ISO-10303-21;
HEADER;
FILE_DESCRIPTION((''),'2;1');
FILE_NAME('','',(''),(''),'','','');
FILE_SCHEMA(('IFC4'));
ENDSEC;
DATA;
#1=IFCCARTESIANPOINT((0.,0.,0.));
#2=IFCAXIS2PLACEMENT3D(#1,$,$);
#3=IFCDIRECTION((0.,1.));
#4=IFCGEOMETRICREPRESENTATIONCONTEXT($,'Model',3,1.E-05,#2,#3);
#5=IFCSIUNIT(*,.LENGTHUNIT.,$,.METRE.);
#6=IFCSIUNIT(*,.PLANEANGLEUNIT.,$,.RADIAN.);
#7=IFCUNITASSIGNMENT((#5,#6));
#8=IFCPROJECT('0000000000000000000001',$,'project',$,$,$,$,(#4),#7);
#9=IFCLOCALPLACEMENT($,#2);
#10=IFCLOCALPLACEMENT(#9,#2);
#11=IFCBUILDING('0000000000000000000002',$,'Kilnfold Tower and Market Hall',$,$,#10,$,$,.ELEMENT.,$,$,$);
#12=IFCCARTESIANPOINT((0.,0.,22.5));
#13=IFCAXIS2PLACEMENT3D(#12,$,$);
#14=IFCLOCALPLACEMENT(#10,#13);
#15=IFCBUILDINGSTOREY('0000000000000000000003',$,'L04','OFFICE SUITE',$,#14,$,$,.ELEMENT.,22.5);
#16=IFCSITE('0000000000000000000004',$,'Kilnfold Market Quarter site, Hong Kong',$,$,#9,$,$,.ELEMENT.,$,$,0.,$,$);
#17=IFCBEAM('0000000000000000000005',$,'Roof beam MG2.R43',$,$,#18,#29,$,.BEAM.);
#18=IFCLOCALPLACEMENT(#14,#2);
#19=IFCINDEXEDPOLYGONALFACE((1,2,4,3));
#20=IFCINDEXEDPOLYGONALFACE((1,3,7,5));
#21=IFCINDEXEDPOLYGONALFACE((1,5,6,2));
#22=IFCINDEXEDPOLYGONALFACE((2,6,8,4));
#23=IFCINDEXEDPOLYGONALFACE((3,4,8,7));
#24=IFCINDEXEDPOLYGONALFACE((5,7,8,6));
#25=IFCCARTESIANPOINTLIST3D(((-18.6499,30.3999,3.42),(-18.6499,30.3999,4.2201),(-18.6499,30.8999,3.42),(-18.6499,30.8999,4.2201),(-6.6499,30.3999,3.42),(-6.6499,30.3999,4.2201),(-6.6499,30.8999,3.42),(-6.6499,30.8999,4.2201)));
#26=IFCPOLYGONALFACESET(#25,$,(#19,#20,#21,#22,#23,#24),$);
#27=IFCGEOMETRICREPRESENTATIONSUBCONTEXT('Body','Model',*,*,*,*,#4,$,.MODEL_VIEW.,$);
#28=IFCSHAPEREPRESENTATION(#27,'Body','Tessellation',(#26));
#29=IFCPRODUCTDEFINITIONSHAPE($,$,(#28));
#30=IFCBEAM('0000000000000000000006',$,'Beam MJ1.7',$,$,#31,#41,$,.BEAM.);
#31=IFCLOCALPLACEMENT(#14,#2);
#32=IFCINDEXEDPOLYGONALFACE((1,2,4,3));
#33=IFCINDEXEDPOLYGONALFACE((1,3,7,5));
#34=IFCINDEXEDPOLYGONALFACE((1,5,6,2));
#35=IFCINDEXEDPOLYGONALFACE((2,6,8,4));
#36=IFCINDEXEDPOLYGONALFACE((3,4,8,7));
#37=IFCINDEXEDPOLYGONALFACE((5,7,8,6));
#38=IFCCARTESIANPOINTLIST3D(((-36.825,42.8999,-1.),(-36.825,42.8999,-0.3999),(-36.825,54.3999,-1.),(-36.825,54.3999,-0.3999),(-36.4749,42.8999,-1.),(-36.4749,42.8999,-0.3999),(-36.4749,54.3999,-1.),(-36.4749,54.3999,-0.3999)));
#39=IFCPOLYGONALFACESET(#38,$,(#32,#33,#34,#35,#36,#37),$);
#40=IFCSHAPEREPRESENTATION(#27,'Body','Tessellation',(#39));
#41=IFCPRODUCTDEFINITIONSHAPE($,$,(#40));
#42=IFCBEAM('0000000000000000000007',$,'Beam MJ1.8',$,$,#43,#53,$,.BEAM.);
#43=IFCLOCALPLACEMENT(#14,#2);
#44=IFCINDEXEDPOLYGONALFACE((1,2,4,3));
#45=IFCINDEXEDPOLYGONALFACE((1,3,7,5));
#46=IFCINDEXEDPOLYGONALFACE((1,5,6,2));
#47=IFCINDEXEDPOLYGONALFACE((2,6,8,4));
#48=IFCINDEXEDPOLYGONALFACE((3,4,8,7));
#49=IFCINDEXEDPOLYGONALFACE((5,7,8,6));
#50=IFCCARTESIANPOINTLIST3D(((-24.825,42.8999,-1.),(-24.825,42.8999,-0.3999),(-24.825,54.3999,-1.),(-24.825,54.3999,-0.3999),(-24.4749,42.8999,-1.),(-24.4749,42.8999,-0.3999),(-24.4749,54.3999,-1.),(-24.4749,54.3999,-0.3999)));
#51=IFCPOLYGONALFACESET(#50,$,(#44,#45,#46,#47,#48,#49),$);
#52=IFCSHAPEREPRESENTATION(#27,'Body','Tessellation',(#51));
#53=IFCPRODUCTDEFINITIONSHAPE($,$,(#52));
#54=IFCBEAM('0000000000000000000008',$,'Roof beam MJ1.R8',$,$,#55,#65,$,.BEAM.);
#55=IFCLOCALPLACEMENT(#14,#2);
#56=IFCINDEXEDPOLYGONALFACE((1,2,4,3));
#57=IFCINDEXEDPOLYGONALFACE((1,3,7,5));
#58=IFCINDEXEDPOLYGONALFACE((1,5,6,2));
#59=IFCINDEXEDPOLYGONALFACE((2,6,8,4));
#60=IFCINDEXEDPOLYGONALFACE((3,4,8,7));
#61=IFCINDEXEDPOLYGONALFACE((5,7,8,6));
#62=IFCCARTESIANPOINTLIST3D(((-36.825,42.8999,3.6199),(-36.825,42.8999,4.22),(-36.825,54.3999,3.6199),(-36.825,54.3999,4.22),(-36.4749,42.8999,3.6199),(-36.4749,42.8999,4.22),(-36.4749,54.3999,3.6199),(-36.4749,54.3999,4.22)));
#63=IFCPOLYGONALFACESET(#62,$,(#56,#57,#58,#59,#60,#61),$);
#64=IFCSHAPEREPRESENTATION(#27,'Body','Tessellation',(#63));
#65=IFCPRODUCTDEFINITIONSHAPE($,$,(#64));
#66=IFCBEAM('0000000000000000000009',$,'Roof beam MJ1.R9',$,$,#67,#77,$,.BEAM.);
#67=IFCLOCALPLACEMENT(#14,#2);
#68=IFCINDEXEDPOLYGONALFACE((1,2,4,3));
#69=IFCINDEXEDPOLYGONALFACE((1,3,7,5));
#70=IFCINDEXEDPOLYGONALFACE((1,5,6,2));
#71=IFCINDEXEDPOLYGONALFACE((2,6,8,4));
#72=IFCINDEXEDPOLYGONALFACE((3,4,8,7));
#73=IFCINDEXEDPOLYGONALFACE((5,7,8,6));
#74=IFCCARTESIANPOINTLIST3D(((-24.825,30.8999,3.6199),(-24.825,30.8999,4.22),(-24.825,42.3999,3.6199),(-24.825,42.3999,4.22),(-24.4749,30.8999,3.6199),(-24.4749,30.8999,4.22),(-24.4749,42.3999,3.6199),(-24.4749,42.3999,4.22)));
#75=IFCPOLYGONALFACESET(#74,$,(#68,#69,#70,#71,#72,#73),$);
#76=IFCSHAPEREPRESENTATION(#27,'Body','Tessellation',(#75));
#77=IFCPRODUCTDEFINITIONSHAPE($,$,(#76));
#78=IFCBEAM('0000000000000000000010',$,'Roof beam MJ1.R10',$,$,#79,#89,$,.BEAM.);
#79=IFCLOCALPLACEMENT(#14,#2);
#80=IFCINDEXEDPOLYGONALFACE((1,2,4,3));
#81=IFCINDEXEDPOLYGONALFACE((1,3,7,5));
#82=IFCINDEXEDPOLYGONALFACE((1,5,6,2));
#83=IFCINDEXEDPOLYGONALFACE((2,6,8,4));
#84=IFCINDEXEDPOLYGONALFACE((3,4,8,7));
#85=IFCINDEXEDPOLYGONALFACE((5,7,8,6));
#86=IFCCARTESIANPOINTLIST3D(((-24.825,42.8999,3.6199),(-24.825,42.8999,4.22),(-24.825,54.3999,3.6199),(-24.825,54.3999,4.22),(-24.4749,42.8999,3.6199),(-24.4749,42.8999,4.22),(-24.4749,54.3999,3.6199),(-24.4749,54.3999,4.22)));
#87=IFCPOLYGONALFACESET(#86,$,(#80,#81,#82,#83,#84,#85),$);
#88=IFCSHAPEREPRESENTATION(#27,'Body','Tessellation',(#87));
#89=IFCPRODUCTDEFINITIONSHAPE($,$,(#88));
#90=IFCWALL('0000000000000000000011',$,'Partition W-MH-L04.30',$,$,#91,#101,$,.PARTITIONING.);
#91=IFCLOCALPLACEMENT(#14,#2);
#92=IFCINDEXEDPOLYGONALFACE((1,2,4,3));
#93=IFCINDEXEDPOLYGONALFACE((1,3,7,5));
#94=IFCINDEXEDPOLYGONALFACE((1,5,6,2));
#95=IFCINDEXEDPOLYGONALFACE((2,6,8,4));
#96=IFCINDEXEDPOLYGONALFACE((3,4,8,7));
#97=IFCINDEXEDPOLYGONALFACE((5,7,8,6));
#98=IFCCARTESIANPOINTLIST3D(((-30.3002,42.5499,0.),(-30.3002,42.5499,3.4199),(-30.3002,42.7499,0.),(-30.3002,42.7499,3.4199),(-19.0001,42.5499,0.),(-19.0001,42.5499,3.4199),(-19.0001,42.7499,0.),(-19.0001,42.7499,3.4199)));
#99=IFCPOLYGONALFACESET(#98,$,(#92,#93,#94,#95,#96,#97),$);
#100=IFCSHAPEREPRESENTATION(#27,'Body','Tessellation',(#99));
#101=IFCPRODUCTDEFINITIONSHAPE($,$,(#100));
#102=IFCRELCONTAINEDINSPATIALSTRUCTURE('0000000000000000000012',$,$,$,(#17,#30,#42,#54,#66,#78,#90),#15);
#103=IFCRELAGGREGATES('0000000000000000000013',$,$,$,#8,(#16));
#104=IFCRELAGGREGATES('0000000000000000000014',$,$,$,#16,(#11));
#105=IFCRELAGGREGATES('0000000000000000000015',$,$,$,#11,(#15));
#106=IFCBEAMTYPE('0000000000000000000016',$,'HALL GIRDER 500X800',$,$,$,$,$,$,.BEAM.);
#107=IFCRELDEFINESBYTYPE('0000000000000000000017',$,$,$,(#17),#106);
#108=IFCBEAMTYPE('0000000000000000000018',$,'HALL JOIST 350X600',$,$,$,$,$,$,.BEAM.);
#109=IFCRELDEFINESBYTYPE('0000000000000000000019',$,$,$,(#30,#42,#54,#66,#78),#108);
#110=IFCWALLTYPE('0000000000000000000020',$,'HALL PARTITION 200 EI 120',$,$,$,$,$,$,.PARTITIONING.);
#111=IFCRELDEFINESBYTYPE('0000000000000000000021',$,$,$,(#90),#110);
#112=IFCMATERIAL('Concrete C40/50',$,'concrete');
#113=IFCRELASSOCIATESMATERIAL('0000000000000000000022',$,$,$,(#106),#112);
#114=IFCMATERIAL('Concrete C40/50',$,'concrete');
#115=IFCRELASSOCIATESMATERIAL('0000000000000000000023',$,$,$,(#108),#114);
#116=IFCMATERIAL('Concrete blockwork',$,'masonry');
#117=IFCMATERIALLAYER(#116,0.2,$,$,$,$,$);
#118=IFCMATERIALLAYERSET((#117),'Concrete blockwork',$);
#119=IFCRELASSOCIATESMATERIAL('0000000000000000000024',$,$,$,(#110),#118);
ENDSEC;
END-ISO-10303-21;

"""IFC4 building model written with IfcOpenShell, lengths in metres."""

from ifc_helpers import new_model, si_unit, direction, frame, frame_2d, origin, origin_2d, place, context, subcontext, project, spatial, rectangle, extrude, source, transform, mapped, material, layer, layer_set, material_profile, profile_set, type_object, element, save


model = new_model("IFC4")

# Units and contexts
model_context = context("Model", 3, precision=1e-05, world=origin(), true_north=direction((0.0, 1.0)))
body_context = subcontext(model_context, "Body", "Model", "MODEL_VIEW")
ifc_project = project(units=[si_unit("LENGTHUNIT", "METRE"), si_unit("PLANEANGLEUNIT", "RADIAN")], contexts=[model_context])

# Site, building, storey
site_placement = place(None, origin())
site = spatial("IfcSite", under=ifc_project, at=site_placement, Name="Kilnfold Market Quarter site, Hong Kong", CompositionType="ELEMENT", RefElevation=0.0)
building_placement = place(site_placement, origin())
building = spatial("IfcBuilding", under=site, at=building_placement, Name="Kilnfold Tower and Market Hall", CompositionType="ELEMENT")
storey_placement = place(building_placement, frame((0.0, 0.0, 22.5)))
storey = spatial("IfcBuildingStorey", under=building, at=storey_placement, Name="L04", Description="OFFICE SUITE", CompositionType="ELEMENT", Elevation=22.5)

# Beams
ifc_material_1 = material(Name="Concrete C40/50", Category="concrete")
ifc_material_profile_1 = material_profile(ifc_material_1, rectangle(XDim=0.5, YDim=0.8, at=origin_2d()), Name="RC 500x800")
ifc_profile_set_1 = profile_set([ifc_material_profile_1], Name="Concrete C40/50")
beam_type_1 = type_object("IfcBeamType", Name="HALL GIRDER 500X800", PredefinedType="BEAM", material=ifc_profile_set_1)
for number, where, z_axis, x_axis, name in (
    (1, (-18.6499, 30.6499, 3.8201), (1.0, 0.0, 0.0), (0.0, 1.0, 0.0), "Roof beam MG2.R43"),
):
    element("IfcBeam", number, at=place(storey_placement, frame(where, z_axis=z_axis, x_axis=x_axis)), inside=storey, type_object=beam_type_1, Name=name, PredefinedType="BEAM", context=body_context, shape_type="SweptSolid", body=[
        extrude(rectangle(XDim=0.5, YDim=0.8, at=origin_2d()), origin(), (0.0, 0.0, 1.0), 12.0),
    ])
ifc_material_2 = material(Name="Concrete C40/50", Category="concrete")
ifc_material_profile_2 = material_profile(ifc_material_2, rectangle(XDim=0.3501, YDim=0.6001, at=origin_2d()), Name="RC 350x600")
ifc_profile_set_2 = profile_set([ifc_material_profile_2], Name="Concrete C40/50")
beam_type_2 = type_object("IfcBeamType", Name="HALL JOIST 350X600", PredefinedType="BEAM", material=ifc_profile_set_2)
for number, where, z_axis, x_axis, name in (
    (2, (-36.6499, 42.8999, -0.7), (0.0, 1.0, 0.0), (-1.0, 0.0, 0.0), "Beam MJ1.7"),
    (3, (-24.6499, 42.8999, -0.7), (0.0, 1.0, 0.0), (-1.0, 0.0, 0.0), "Beam MJ1.8"),
    (4, (-36.6499, 42.8999, 3.9199), (0.0, 1.0, 0.0), (-1.0, 0.0, 0.0), "Roof beam MJ1.R8"),
    (5, (-24.6499, 30.8999, 3.9199), (0.0, 1.0, 0.0), (-1.0, 0.0, 0.0), "Roof beam MJ1.R9"),
    (6, (-24.6499, 42.8999, 3.9199), (0.0, 1.0, 0.0), (-1.0, 0.0, 0.0), "Roof beam MJ1.R10"),
):
    element("IfcBeam", number, at=place(storey_placement, frame(where, z_axis=z_axis, x_axis=x_axis)), inside=storey, type_object=beam_type_2, Name=name, PredefinedType="BEAM", context=body_context, shape_type="SweptSolid", body=[
        extrude(rectangle(XDim=0.3501, YDim=0.6001, at=origin_2d()), origin(), (0.0, 0.0, 1.0), 11.5),
    ])

# Wall
ifc_material_3 = material(Name="Concrete blockwork", Category="masonry")
ifc_layer = layer(ifc_material_3, 0.2)
ifc_layer_set = layer_set([ifc_layer], Name="Concrete blockwork")
wall_type = type_object("IfcWallType", Name="HALL PARTITION 200 EI 120", PredefinedType="PARTITIONING", material=ifc_layer_set)
shared_shape_1 = source(origin(), body_context, "Body", "SweptSolid", [
    extrude(rectangle(XDim=11.3, YDim=0.2, at=frame_2d((5.6499, 0.0))), origin(), (0.0, 0.0, 1.0), 3.4199),
])
wall_placement = place(storey_placement, frame((-30.3, 42.6499, 0.0), z_axis=(0.0, 0.0, 1.0), x_axis=(1.0, 0.0, 0.0)))
element("IfcWall", 7, at=wall_placement, inside=storey, type_object=wall_type, Name="Partition W-MH-L04.30", PredefinedType="PARTITIONING", context=body_context, shape_type="MappedRepresentation", body=[
    mapped(shared_shape_1, transform((0.0, 0.0, 0.0))),
])

save(model, "model.ifc")
